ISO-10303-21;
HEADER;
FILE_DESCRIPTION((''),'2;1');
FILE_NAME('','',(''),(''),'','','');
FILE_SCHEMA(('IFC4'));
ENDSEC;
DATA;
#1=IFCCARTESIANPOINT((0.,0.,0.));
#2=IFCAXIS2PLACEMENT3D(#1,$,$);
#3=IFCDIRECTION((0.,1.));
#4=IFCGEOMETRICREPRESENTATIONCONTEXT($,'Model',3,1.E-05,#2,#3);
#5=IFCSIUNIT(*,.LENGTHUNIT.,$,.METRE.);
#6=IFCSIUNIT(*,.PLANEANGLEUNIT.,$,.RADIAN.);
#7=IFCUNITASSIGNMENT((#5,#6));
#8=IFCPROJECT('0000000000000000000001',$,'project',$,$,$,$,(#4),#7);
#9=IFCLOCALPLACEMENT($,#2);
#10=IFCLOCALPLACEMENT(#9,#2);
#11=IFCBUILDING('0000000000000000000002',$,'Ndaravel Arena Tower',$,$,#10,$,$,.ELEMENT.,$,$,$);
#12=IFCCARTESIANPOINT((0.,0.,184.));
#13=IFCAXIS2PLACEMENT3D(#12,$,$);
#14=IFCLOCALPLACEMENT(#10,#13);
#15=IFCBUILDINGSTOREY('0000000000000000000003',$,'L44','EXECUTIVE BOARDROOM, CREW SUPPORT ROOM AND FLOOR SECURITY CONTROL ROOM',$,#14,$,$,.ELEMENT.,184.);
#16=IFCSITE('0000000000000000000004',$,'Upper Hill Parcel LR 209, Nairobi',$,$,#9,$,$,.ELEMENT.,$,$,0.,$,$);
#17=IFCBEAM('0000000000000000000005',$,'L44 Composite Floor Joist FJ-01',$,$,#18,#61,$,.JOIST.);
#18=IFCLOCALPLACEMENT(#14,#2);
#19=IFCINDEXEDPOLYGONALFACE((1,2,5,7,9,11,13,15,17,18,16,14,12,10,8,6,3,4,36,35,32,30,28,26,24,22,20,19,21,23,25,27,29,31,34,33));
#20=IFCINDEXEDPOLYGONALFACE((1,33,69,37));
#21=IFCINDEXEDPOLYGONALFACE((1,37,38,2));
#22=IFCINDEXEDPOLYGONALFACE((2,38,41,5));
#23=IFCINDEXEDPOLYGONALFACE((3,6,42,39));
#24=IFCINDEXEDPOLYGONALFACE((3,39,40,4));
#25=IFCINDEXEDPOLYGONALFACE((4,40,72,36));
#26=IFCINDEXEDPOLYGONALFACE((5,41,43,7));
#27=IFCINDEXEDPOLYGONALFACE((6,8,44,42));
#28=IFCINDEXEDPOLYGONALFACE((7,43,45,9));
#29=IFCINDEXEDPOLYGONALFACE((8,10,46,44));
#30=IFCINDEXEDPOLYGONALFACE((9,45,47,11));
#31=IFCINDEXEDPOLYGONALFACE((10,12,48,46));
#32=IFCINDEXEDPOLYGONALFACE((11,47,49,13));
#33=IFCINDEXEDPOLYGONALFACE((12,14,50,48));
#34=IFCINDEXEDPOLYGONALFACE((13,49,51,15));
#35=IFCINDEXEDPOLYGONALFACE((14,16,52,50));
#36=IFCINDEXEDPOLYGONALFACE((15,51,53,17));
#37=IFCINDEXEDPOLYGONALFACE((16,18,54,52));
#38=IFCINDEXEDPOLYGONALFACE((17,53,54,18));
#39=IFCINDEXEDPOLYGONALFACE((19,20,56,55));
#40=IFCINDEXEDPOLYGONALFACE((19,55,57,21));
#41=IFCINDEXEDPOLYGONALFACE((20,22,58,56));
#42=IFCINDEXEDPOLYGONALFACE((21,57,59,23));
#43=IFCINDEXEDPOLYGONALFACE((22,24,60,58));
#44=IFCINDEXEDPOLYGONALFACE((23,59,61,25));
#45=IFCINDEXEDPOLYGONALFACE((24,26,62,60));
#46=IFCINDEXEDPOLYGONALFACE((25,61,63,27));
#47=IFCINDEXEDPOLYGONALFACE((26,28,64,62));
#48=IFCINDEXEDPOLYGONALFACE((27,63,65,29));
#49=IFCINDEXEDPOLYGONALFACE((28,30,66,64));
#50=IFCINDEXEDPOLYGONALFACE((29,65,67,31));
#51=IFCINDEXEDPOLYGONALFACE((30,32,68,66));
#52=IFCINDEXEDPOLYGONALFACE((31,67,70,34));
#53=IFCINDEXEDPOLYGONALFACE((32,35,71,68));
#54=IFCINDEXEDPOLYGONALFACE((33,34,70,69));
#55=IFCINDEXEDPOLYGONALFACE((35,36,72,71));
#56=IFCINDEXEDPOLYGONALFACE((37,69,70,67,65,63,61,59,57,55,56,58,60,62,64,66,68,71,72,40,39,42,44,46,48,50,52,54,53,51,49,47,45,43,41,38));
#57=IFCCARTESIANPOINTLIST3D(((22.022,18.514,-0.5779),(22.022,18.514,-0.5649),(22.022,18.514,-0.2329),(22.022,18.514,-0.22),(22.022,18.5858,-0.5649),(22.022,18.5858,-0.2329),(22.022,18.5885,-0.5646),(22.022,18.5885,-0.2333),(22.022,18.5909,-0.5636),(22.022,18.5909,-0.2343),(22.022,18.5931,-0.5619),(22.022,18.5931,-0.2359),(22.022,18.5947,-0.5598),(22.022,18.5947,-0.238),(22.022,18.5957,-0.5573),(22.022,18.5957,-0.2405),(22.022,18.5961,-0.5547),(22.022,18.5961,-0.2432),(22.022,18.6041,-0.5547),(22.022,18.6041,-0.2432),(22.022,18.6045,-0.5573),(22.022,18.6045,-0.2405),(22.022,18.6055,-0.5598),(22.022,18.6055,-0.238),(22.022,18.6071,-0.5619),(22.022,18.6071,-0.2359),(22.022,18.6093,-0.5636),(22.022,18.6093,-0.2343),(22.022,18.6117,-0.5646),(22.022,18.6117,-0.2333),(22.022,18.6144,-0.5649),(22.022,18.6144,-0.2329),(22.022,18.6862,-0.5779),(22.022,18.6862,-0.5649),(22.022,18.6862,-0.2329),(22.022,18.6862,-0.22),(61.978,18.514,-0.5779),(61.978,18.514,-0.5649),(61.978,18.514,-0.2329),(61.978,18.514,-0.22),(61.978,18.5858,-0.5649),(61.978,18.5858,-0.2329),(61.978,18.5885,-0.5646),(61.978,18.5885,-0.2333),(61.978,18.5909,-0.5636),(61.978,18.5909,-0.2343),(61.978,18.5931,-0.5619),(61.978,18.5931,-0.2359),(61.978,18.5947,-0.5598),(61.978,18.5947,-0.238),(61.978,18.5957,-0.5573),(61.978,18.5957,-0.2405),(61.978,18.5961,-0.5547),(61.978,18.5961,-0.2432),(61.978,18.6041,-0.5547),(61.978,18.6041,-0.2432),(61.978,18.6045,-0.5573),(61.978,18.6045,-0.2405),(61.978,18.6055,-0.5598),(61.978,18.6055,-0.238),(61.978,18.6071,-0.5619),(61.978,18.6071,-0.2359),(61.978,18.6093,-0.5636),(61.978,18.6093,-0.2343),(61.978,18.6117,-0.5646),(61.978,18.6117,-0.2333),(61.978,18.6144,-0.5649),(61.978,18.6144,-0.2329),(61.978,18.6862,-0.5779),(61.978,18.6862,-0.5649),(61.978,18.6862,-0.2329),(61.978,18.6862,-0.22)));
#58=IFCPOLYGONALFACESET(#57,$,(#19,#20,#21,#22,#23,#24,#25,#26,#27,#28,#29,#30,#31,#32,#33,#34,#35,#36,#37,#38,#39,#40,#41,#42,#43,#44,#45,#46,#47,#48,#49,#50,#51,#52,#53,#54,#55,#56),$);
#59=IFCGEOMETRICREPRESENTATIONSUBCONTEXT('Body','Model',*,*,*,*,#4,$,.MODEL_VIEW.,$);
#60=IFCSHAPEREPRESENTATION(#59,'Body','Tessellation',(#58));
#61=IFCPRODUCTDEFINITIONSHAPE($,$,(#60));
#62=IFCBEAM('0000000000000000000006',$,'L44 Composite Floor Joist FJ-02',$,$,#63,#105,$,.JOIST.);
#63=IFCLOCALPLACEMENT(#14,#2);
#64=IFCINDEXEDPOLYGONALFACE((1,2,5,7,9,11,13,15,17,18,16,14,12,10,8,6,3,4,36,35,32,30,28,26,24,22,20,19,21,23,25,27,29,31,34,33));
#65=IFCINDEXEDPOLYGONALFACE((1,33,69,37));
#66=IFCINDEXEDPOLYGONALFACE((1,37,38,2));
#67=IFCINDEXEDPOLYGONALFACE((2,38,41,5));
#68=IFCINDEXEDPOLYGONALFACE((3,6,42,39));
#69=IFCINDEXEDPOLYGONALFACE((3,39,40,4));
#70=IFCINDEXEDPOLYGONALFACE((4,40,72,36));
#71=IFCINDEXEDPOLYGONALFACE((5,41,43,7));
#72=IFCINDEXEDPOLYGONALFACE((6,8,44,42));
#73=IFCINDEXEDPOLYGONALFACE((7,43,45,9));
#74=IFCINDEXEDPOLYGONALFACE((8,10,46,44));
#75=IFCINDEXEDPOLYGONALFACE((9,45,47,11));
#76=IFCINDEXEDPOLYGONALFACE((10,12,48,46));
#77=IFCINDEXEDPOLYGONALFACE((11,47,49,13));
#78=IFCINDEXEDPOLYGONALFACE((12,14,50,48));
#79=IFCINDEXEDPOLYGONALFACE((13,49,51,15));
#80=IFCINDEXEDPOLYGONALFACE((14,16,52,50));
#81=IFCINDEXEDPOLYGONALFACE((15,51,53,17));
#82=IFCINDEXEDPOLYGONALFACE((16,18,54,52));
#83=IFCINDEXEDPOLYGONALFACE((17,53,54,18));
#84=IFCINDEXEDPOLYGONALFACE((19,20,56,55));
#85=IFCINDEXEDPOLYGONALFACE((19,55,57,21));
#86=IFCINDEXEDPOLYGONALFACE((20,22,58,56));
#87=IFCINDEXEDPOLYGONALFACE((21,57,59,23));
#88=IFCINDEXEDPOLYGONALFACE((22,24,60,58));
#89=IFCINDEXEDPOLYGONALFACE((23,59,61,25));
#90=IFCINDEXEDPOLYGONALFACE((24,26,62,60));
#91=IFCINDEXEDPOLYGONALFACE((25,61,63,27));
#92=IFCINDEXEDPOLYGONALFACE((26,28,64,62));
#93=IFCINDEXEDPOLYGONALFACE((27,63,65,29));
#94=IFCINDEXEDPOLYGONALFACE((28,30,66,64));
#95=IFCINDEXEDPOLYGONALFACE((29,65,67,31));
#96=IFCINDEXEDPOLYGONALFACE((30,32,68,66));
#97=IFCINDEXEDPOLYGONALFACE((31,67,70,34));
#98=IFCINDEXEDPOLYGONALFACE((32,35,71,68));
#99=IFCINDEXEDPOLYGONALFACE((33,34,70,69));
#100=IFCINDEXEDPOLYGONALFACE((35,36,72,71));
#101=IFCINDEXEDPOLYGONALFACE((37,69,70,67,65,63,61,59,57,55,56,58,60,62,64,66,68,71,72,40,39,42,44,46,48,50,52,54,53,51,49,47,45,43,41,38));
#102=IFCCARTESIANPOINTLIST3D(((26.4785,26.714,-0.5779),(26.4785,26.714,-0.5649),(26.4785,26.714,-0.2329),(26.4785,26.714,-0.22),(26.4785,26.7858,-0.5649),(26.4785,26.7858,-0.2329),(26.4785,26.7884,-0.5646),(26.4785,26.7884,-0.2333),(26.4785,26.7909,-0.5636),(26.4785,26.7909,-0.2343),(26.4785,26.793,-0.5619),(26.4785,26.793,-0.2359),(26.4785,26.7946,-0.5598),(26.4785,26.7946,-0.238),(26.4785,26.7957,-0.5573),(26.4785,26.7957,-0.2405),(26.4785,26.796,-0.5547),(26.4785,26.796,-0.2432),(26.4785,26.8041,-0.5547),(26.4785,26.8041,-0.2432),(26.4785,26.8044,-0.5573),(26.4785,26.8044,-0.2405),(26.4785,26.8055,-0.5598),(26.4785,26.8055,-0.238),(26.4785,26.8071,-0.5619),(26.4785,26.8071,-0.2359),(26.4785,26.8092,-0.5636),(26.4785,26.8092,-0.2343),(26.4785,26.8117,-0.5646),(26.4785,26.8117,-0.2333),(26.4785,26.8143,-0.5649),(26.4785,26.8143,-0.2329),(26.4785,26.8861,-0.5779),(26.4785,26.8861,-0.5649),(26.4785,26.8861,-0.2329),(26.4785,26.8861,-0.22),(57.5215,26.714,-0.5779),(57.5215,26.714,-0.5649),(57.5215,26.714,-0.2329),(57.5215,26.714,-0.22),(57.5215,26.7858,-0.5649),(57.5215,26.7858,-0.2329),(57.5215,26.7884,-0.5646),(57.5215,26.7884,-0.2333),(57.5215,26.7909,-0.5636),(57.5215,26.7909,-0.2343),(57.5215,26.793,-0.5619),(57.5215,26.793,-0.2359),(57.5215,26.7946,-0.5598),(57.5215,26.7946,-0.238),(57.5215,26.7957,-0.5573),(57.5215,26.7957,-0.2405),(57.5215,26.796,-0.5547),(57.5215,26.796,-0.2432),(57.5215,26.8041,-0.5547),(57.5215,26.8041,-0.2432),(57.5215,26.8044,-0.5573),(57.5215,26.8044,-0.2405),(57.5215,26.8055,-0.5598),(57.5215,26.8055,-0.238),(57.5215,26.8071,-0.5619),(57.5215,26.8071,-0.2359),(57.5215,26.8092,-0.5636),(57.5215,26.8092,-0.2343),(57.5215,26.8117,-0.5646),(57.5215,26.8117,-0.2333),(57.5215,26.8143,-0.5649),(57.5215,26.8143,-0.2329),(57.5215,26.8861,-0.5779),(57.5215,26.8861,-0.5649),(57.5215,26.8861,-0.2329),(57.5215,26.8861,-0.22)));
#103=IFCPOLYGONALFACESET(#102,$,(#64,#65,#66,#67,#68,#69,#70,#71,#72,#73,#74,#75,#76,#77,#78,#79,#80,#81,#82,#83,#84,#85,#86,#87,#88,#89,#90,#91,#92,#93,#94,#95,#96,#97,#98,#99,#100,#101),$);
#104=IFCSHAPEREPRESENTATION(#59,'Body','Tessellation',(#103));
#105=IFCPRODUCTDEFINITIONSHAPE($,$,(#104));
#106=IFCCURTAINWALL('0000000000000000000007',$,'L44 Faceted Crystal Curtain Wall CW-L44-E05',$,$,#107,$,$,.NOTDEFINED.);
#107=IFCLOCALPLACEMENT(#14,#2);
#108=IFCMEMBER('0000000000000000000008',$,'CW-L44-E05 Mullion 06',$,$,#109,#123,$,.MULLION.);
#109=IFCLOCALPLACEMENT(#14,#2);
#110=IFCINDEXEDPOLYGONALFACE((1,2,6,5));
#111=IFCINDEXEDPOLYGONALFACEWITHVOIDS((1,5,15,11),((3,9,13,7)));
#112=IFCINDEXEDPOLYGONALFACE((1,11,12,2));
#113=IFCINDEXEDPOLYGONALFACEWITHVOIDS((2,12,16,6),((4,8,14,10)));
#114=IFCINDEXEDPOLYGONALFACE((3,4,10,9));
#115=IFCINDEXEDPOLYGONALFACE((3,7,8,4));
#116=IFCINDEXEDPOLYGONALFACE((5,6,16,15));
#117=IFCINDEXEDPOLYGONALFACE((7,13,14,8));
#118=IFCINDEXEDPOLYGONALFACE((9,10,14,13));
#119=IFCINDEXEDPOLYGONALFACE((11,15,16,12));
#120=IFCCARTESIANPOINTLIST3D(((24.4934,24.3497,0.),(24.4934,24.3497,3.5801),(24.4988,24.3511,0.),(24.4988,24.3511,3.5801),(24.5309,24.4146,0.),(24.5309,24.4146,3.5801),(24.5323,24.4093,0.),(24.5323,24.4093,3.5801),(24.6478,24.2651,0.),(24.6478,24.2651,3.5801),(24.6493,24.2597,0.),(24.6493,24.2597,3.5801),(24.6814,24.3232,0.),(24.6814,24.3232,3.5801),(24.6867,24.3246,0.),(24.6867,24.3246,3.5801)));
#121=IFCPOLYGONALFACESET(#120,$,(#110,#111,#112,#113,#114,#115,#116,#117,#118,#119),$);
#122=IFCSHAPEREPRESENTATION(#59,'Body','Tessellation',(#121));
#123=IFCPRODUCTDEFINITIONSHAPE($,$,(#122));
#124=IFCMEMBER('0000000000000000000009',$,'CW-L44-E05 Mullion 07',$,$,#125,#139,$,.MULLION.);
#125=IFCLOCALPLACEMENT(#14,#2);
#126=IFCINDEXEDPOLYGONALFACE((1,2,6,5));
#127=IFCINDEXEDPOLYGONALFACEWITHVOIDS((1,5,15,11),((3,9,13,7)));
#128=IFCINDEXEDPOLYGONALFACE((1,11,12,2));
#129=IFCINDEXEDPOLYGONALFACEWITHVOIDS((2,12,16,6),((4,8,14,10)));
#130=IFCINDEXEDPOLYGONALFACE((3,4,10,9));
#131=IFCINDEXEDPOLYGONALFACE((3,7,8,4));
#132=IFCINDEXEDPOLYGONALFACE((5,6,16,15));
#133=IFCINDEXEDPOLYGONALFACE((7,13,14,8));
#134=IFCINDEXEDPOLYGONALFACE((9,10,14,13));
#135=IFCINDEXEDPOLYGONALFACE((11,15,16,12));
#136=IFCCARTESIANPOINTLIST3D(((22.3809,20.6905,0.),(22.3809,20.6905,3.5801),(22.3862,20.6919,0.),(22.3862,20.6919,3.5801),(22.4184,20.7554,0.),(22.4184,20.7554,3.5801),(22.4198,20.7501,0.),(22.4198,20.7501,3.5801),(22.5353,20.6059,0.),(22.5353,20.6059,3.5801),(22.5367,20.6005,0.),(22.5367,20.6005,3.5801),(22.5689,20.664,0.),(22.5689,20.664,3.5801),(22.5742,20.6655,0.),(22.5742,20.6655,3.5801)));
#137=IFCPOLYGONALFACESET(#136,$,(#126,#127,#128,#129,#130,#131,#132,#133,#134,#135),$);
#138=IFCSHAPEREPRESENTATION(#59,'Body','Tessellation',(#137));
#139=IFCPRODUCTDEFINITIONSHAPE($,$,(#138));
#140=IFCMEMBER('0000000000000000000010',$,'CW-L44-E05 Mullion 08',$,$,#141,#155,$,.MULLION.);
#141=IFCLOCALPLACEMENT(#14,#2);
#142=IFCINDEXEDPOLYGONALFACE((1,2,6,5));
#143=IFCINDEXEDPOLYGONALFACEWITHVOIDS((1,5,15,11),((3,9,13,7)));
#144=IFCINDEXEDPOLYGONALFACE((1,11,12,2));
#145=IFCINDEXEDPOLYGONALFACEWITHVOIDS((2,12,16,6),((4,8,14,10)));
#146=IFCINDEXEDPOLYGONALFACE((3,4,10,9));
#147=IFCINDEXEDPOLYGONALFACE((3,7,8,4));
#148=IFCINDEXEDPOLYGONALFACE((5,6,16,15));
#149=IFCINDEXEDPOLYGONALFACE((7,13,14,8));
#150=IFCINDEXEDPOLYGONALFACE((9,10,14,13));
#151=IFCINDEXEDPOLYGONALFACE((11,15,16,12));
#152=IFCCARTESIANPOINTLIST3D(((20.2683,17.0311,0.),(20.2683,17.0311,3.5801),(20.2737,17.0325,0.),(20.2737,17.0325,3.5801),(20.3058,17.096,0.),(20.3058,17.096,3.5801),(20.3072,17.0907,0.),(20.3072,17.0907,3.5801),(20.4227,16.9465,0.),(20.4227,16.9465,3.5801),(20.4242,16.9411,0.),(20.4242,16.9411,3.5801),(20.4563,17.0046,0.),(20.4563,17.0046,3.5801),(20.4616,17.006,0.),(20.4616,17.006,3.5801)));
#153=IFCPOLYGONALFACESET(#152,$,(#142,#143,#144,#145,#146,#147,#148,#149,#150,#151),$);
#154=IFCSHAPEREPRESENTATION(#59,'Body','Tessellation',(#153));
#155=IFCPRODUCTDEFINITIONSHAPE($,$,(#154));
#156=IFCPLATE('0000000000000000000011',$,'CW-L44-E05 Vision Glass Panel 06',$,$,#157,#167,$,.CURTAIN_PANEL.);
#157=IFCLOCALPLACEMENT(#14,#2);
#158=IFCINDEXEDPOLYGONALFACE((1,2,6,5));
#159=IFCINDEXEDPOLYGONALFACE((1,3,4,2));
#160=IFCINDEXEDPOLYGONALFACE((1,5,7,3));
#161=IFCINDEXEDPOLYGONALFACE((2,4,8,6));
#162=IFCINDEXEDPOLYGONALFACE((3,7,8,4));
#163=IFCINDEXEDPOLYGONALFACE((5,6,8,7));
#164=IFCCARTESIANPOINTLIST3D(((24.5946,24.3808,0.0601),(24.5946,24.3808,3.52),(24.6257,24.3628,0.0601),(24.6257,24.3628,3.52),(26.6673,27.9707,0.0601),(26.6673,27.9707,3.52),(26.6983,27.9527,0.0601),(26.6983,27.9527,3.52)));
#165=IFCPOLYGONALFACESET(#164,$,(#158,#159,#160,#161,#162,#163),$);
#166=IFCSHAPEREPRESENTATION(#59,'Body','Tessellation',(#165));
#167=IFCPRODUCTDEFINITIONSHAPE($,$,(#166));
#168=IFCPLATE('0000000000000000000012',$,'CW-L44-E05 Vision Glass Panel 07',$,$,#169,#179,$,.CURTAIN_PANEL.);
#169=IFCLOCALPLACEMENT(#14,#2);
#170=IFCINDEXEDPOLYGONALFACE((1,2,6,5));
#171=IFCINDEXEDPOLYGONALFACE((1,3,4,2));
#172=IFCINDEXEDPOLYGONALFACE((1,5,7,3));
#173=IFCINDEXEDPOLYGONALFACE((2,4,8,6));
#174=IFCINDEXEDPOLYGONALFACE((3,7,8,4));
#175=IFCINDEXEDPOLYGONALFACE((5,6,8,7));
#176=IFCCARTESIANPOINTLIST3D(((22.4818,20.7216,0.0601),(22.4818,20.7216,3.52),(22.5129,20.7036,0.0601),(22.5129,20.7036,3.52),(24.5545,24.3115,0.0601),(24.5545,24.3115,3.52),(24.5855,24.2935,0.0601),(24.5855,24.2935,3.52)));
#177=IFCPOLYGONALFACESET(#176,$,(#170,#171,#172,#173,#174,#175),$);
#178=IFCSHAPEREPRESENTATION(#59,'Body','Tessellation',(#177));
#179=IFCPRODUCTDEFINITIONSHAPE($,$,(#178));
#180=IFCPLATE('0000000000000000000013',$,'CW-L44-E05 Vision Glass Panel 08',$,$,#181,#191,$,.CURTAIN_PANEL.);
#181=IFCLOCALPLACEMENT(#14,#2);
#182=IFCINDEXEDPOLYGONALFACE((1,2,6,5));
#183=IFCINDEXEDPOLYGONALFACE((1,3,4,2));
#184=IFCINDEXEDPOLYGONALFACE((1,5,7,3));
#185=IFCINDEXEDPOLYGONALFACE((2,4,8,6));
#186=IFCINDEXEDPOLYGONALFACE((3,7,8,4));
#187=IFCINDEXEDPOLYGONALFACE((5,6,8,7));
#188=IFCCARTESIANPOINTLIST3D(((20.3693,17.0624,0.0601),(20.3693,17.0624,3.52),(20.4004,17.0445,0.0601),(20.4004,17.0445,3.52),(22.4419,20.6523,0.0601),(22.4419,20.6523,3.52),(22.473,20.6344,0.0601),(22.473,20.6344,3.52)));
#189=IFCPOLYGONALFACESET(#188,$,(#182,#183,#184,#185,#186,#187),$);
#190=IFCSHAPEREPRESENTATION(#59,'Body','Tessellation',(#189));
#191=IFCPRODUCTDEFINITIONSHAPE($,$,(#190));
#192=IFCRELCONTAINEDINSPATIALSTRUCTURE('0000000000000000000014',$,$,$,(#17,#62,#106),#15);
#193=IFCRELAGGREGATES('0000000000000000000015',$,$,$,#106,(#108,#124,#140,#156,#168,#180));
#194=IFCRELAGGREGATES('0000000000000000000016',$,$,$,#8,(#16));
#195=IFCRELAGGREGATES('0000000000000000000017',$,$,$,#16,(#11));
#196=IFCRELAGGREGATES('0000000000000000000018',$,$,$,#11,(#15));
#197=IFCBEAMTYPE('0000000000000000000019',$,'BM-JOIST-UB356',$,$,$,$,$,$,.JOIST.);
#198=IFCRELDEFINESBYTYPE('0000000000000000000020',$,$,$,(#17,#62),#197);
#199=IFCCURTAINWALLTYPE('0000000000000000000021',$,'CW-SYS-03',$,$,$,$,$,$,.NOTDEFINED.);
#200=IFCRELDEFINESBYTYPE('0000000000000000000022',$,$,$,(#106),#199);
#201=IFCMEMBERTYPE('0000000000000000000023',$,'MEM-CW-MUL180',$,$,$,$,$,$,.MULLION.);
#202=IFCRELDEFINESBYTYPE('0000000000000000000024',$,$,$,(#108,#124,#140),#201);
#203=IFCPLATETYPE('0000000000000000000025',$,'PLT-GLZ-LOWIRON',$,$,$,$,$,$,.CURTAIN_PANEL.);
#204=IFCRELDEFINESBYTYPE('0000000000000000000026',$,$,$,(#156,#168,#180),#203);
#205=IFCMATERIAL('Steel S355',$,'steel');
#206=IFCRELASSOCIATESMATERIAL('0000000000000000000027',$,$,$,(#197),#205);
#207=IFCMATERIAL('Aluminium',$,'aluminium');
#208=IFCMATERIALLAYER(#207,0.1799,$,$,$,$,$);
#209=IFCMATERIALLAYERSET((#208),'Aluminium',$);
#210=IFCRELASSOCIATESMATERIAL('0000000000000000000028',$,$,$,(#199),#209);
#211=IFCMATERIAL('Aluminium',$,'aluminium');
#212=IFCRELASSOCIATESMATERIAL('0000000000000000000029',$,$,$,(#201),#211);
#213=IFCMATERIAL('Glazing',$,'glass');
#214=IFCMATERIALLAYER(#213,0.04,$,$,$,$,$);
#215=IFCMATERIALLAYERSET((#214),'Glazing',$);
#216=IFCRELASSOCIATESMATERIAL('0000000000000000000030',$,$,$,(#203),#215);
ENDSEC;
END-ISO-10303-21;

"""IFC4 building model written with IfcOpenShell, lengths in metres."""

from ifc_helpers import new_model, si_unit, direction, frame, origin, origin_2d, place, context, subcontext, project, spatial, rectangle, hollow_rectangle, i_section, extrude, material, layer, layer_set, material_profile, profile_set, type_object, element, aggregate, save


model = new_model("IFC4")

# Units and contexts
model_context = context("Model", 3, precision=1e-05, world=origin(), true_north=direction((0.0, 1.0)))
body_context = subcontext(model_context, "Body", "Model", "MODEL_VIEW")
ifc_project = project(units=[si_unit("LENGTHUNIT", "METRE"), si_unit("PLANEANGLEUNIT", "RADIAN")], contexts=[model_context])

# Site, building, storey
site_placement = place(None, origin())
site = spatial("IfcSite", under=ifc_project, at=site_placement, Name="Upper Hill Parcel LR 209, Nairobi", CompositionType="ELEMENT", RefElevation=0.0)
building_placement = place(site_placement, origin())
building = spatial("IfcBuilding", under=site, at=building_placement, Name="Ndaravel Arena Tower", CompositionType="ELEMENT")
storey_placement = place(building_placement, frame((0.0, 0.0, 184.0)))
storey = spatial("IfcBuildingStorey", under=building, at=storey_placement, Name="L44", Description="EXECUTIVE BOARDROOM, CREW SUPPORT ROOM AND FLOOR SECURITY CONTROL ROOM", CompositionType="ELEMENT", Elevation=184.0)

# Beams
ifc_material_1 = material(Name="Steel S355", Category="steel")
ifc_material_profile_1 = material_profile(ifc_material_1, i_section(OverallWidth=0.1721, OverallDepth=0.3579, WebThickness=0.0081, FlangeThickness=0.0129, FilletRadius=0.0103, at=origin_2d()), Name="UB 356x171x57")
ifc_profile_set_1 = profile_set([ifc_material_profile_1], Name="Steel S355")
beam_type = type_object("IfcBeamType", Name="BM-JOIST-UB356", PredefinedType="JOIST", material=ifc_profile_set_1)
beam_1_placement = place(storey_placement, frame((22.022, 18.6001, -0.3989), z_axis=(1.0, 0.0, 0.0), x_axis=(0.0, 1.0, 0.0)))
element("IfcBeam", 1, at=beam_1_placement, inside=storey, type_object=beam_type, Name="L44 Composite Floor Joist FJ-01", PredefinedType="JOIST", context=body_context, shape_type="SweptSolid", body=[
    extrude(i_section(OverallWidth=0.1721, OverallDepth=0.3579, WebThickness=0.0081, FlangeThickness=0.0129, FilletRadius=0.0103, at=origin_2d()), origin(), (0.0, 0.0, 1.0), 39.9561),
])
beam_2_placement = place(storey_placement, frame((26.4785, 26.8, -0.3989), z_axis=(1.0, 0.0, 0.0), x_axis=(0.0, 1.0, 0.0)))
element("IfcBeam", 2, at=beam_2_placement, inside=storey, type_object=beam_type, Name="L44 Composite Floor Joist FJ-02", PredefinedType="JOIST", context=body_context, shape_type="SweptSolid", body=[
    extrude(i_section(OverallWidth=0.1721, OverallDepth=0.3579, WebThickness=0.0081, FlangeThickness=0.0129, FilletRadius=0.0103, at=origin_2d()), origin(), (0.0, 0.0, 1.0), 31.043),
])

# Curtain wall, members, plates
ifc_material_2 = material(Name="Aluminium", Category="aluminium")
ifc_layer_1 = layer(ifc_material_2, 0.1799)
ifc_layer_set_1 = layer_set([ifc_layer_1], Name="Aluminium")
curtain_wall_type = type_object("IfcCurtainWallType", Name="CW-SYS-03", PredefinedType="NOTDEFINED", material=ifc_layer_set_1)
curtain_wall_placement = place(storey_placement, origin())
curtain_wall = element("IfcCurtainWall", 3, at=curtain_wall_placement, inside=storey, type_object=curtain_wall_type, Name="L44 Faceted Crystal Curtain Wall CW-L44-E05", PredefinedType="NOTDEFINED")
ifc_material_3 = material(Name="Aluminium", Category="aluminium")
ifc_material_profile_2 = material_profile(ifc_material_3, hollow_rectangle(XDim=0.075, YDim=0.1799, WallThickness=0.0039, at=origin_2d()), Name="CW MULLION 75x180x4")
ifc_profile_set_2 = profile_set([ifc_material_profile_2], Name="Aluminium")
member_type = type_object("IfcMemberType", Name="MEM-CW-MUL180", PredefinedType="MULLION", material=ifc_profile_set_2)
member_1_placement = place(storey_placement, frame((24.5901, 24.3372, 0.0), z_axis=(0.0, 0.0, 1.0), x_axis=(-0.5, -0.866025, 0.0)))
member_1 = element("IfcMember", 4, at=member_1_placement, type_object=member_type, Name="CW-L44-E05 Mullion 06", PredefinedType="MULLION", context=body_context, shape_type="SweptSolid", body=[
    extrude(hollow_rectangle(XDim=0.075, YDim=0.1799, WallThickness=0.0039, at=origin_2d()), origin(), (0.0, 0.0, 1.0), 3.5801),
])
member_2_placement = place(storey_placement, frame((22.4775, 20.678, 0.0), z_axis=(0.0, 0.0, 1.0), x_axis=(-0.5, -0.866025, 0.0)))
member_2 = element("IfcMember", 5, at=member_2_placement, type_object=member_type, Name="CW-L44-E05 Mullion 07", PredefinedType="MULLION", context=body_context, shape_type="SweptSolid", body=[
    extrude(hollow_rectangle(XDim=0.075, YDim=0.1799, WallThickness=0.0039, at=origin_2d()), origin(), (0.0, 0.0, 1.0), 3.5801),
])
member_3_placement = place(storey_placement, frame((20.365, 17.0186, 0.0), z_axis=(0.0, 0.0, 1.0), x_axis=(-0.5, -0.866025, 0.0)))
member_3 = element("IfcMember", 6, at=member_3_placement, type_object=member_type, Name="CW-L44-E05 Mullion 08", PredefinedType="MULLION", context=body_context, shape_type="SweptSolid", body=[
    extrude(hollow_rectangle(XDim=0.075, YDim=0.1799, WallThickness=0.0039, at=origin_2d()), origin(), (0.0, 0.0, 1.0), 3.5801),
])
ifc_material_4 = material(Name="Glazing", Category="glass")
ifc_layer_2 = layer(ifc_material_4, 0.04)
ifc_layer_set_2 = layer_set([ifc_layer_2], Name="Glazing")
plate_type = type_object("IfcPlateType", Name="PLT-GLZ-LOWIRON", PredefinedType="CURTAIN_PANEL", material=ifc_layer_set_2)
plate_1_placement = place(storey_placement, frame((25.6465, 26.1667, 0.0601), z_axis=(0.0, 0.0, 1.0), x_axis=(-0.5, -0.866025, 0.0)))
plate_1 = element("IfcPlate", 7, at=plate_1_placement, type_object=plate_type, Name="CW-L44-E05 Vision Glass Panel 06", PredefinedType="CURTAIN_PANEL", context=body_context, shape_type="SweptSolid", body=[
    extrude(rectangle(XDim=4.1453, YDim=0.0359, at=origin_2d()), origin(), (0.0, 0.0, 1.0), 3.46),
])
plate_2_placement = place(storey_placement, frame((23.5337, 22.5076, 0.0601), z_axis=(0.0, 0.0, 1.0), x_axis=(-0.5, -0.866025, 0.0)))
plate_2 = element("IfcPlate", 8, at=plate_2_placement, type_object=plate_type, Name="CW-L44-E05 Vision Glass Panel 07", PredefinedType="CURTAIN_PANEL", context=body_context, shape_type="SweptSolid", body=[
    extrude(rectangle(XDim=4.1453, YDim=0.0359, at=origin_2d()), origin(), (0.0, 0.0, 1.0), 3.46),
])
plate_3_placement = place(storey_placement, frame((21.4211, 18.8484, 0.0601), z_axis=(0.0, 0.0, 1.0), x_axis=(-0.5, -0.866025, 0.0)))
plate_3 = element("IfcPlate", 9, at=plate_3_placement, type_object=plate_type, Name="CW-L44-E05 Vision Glass Panel 08", PredefinedType="CURTAIN_PANEL", context=body_context, shape_type="SweptSolid", body=[
    extrude(rectangle(XDim=4.1453, YDim=0.0359, at=origin_2d()), origin(), (0.0, 0.0, 1.0), 3.46),
])
aggregate(curtain_wall, [member_1, member_2, member_3, plate_1, plate_2, plate_3])

save(model, "model.ifc")
